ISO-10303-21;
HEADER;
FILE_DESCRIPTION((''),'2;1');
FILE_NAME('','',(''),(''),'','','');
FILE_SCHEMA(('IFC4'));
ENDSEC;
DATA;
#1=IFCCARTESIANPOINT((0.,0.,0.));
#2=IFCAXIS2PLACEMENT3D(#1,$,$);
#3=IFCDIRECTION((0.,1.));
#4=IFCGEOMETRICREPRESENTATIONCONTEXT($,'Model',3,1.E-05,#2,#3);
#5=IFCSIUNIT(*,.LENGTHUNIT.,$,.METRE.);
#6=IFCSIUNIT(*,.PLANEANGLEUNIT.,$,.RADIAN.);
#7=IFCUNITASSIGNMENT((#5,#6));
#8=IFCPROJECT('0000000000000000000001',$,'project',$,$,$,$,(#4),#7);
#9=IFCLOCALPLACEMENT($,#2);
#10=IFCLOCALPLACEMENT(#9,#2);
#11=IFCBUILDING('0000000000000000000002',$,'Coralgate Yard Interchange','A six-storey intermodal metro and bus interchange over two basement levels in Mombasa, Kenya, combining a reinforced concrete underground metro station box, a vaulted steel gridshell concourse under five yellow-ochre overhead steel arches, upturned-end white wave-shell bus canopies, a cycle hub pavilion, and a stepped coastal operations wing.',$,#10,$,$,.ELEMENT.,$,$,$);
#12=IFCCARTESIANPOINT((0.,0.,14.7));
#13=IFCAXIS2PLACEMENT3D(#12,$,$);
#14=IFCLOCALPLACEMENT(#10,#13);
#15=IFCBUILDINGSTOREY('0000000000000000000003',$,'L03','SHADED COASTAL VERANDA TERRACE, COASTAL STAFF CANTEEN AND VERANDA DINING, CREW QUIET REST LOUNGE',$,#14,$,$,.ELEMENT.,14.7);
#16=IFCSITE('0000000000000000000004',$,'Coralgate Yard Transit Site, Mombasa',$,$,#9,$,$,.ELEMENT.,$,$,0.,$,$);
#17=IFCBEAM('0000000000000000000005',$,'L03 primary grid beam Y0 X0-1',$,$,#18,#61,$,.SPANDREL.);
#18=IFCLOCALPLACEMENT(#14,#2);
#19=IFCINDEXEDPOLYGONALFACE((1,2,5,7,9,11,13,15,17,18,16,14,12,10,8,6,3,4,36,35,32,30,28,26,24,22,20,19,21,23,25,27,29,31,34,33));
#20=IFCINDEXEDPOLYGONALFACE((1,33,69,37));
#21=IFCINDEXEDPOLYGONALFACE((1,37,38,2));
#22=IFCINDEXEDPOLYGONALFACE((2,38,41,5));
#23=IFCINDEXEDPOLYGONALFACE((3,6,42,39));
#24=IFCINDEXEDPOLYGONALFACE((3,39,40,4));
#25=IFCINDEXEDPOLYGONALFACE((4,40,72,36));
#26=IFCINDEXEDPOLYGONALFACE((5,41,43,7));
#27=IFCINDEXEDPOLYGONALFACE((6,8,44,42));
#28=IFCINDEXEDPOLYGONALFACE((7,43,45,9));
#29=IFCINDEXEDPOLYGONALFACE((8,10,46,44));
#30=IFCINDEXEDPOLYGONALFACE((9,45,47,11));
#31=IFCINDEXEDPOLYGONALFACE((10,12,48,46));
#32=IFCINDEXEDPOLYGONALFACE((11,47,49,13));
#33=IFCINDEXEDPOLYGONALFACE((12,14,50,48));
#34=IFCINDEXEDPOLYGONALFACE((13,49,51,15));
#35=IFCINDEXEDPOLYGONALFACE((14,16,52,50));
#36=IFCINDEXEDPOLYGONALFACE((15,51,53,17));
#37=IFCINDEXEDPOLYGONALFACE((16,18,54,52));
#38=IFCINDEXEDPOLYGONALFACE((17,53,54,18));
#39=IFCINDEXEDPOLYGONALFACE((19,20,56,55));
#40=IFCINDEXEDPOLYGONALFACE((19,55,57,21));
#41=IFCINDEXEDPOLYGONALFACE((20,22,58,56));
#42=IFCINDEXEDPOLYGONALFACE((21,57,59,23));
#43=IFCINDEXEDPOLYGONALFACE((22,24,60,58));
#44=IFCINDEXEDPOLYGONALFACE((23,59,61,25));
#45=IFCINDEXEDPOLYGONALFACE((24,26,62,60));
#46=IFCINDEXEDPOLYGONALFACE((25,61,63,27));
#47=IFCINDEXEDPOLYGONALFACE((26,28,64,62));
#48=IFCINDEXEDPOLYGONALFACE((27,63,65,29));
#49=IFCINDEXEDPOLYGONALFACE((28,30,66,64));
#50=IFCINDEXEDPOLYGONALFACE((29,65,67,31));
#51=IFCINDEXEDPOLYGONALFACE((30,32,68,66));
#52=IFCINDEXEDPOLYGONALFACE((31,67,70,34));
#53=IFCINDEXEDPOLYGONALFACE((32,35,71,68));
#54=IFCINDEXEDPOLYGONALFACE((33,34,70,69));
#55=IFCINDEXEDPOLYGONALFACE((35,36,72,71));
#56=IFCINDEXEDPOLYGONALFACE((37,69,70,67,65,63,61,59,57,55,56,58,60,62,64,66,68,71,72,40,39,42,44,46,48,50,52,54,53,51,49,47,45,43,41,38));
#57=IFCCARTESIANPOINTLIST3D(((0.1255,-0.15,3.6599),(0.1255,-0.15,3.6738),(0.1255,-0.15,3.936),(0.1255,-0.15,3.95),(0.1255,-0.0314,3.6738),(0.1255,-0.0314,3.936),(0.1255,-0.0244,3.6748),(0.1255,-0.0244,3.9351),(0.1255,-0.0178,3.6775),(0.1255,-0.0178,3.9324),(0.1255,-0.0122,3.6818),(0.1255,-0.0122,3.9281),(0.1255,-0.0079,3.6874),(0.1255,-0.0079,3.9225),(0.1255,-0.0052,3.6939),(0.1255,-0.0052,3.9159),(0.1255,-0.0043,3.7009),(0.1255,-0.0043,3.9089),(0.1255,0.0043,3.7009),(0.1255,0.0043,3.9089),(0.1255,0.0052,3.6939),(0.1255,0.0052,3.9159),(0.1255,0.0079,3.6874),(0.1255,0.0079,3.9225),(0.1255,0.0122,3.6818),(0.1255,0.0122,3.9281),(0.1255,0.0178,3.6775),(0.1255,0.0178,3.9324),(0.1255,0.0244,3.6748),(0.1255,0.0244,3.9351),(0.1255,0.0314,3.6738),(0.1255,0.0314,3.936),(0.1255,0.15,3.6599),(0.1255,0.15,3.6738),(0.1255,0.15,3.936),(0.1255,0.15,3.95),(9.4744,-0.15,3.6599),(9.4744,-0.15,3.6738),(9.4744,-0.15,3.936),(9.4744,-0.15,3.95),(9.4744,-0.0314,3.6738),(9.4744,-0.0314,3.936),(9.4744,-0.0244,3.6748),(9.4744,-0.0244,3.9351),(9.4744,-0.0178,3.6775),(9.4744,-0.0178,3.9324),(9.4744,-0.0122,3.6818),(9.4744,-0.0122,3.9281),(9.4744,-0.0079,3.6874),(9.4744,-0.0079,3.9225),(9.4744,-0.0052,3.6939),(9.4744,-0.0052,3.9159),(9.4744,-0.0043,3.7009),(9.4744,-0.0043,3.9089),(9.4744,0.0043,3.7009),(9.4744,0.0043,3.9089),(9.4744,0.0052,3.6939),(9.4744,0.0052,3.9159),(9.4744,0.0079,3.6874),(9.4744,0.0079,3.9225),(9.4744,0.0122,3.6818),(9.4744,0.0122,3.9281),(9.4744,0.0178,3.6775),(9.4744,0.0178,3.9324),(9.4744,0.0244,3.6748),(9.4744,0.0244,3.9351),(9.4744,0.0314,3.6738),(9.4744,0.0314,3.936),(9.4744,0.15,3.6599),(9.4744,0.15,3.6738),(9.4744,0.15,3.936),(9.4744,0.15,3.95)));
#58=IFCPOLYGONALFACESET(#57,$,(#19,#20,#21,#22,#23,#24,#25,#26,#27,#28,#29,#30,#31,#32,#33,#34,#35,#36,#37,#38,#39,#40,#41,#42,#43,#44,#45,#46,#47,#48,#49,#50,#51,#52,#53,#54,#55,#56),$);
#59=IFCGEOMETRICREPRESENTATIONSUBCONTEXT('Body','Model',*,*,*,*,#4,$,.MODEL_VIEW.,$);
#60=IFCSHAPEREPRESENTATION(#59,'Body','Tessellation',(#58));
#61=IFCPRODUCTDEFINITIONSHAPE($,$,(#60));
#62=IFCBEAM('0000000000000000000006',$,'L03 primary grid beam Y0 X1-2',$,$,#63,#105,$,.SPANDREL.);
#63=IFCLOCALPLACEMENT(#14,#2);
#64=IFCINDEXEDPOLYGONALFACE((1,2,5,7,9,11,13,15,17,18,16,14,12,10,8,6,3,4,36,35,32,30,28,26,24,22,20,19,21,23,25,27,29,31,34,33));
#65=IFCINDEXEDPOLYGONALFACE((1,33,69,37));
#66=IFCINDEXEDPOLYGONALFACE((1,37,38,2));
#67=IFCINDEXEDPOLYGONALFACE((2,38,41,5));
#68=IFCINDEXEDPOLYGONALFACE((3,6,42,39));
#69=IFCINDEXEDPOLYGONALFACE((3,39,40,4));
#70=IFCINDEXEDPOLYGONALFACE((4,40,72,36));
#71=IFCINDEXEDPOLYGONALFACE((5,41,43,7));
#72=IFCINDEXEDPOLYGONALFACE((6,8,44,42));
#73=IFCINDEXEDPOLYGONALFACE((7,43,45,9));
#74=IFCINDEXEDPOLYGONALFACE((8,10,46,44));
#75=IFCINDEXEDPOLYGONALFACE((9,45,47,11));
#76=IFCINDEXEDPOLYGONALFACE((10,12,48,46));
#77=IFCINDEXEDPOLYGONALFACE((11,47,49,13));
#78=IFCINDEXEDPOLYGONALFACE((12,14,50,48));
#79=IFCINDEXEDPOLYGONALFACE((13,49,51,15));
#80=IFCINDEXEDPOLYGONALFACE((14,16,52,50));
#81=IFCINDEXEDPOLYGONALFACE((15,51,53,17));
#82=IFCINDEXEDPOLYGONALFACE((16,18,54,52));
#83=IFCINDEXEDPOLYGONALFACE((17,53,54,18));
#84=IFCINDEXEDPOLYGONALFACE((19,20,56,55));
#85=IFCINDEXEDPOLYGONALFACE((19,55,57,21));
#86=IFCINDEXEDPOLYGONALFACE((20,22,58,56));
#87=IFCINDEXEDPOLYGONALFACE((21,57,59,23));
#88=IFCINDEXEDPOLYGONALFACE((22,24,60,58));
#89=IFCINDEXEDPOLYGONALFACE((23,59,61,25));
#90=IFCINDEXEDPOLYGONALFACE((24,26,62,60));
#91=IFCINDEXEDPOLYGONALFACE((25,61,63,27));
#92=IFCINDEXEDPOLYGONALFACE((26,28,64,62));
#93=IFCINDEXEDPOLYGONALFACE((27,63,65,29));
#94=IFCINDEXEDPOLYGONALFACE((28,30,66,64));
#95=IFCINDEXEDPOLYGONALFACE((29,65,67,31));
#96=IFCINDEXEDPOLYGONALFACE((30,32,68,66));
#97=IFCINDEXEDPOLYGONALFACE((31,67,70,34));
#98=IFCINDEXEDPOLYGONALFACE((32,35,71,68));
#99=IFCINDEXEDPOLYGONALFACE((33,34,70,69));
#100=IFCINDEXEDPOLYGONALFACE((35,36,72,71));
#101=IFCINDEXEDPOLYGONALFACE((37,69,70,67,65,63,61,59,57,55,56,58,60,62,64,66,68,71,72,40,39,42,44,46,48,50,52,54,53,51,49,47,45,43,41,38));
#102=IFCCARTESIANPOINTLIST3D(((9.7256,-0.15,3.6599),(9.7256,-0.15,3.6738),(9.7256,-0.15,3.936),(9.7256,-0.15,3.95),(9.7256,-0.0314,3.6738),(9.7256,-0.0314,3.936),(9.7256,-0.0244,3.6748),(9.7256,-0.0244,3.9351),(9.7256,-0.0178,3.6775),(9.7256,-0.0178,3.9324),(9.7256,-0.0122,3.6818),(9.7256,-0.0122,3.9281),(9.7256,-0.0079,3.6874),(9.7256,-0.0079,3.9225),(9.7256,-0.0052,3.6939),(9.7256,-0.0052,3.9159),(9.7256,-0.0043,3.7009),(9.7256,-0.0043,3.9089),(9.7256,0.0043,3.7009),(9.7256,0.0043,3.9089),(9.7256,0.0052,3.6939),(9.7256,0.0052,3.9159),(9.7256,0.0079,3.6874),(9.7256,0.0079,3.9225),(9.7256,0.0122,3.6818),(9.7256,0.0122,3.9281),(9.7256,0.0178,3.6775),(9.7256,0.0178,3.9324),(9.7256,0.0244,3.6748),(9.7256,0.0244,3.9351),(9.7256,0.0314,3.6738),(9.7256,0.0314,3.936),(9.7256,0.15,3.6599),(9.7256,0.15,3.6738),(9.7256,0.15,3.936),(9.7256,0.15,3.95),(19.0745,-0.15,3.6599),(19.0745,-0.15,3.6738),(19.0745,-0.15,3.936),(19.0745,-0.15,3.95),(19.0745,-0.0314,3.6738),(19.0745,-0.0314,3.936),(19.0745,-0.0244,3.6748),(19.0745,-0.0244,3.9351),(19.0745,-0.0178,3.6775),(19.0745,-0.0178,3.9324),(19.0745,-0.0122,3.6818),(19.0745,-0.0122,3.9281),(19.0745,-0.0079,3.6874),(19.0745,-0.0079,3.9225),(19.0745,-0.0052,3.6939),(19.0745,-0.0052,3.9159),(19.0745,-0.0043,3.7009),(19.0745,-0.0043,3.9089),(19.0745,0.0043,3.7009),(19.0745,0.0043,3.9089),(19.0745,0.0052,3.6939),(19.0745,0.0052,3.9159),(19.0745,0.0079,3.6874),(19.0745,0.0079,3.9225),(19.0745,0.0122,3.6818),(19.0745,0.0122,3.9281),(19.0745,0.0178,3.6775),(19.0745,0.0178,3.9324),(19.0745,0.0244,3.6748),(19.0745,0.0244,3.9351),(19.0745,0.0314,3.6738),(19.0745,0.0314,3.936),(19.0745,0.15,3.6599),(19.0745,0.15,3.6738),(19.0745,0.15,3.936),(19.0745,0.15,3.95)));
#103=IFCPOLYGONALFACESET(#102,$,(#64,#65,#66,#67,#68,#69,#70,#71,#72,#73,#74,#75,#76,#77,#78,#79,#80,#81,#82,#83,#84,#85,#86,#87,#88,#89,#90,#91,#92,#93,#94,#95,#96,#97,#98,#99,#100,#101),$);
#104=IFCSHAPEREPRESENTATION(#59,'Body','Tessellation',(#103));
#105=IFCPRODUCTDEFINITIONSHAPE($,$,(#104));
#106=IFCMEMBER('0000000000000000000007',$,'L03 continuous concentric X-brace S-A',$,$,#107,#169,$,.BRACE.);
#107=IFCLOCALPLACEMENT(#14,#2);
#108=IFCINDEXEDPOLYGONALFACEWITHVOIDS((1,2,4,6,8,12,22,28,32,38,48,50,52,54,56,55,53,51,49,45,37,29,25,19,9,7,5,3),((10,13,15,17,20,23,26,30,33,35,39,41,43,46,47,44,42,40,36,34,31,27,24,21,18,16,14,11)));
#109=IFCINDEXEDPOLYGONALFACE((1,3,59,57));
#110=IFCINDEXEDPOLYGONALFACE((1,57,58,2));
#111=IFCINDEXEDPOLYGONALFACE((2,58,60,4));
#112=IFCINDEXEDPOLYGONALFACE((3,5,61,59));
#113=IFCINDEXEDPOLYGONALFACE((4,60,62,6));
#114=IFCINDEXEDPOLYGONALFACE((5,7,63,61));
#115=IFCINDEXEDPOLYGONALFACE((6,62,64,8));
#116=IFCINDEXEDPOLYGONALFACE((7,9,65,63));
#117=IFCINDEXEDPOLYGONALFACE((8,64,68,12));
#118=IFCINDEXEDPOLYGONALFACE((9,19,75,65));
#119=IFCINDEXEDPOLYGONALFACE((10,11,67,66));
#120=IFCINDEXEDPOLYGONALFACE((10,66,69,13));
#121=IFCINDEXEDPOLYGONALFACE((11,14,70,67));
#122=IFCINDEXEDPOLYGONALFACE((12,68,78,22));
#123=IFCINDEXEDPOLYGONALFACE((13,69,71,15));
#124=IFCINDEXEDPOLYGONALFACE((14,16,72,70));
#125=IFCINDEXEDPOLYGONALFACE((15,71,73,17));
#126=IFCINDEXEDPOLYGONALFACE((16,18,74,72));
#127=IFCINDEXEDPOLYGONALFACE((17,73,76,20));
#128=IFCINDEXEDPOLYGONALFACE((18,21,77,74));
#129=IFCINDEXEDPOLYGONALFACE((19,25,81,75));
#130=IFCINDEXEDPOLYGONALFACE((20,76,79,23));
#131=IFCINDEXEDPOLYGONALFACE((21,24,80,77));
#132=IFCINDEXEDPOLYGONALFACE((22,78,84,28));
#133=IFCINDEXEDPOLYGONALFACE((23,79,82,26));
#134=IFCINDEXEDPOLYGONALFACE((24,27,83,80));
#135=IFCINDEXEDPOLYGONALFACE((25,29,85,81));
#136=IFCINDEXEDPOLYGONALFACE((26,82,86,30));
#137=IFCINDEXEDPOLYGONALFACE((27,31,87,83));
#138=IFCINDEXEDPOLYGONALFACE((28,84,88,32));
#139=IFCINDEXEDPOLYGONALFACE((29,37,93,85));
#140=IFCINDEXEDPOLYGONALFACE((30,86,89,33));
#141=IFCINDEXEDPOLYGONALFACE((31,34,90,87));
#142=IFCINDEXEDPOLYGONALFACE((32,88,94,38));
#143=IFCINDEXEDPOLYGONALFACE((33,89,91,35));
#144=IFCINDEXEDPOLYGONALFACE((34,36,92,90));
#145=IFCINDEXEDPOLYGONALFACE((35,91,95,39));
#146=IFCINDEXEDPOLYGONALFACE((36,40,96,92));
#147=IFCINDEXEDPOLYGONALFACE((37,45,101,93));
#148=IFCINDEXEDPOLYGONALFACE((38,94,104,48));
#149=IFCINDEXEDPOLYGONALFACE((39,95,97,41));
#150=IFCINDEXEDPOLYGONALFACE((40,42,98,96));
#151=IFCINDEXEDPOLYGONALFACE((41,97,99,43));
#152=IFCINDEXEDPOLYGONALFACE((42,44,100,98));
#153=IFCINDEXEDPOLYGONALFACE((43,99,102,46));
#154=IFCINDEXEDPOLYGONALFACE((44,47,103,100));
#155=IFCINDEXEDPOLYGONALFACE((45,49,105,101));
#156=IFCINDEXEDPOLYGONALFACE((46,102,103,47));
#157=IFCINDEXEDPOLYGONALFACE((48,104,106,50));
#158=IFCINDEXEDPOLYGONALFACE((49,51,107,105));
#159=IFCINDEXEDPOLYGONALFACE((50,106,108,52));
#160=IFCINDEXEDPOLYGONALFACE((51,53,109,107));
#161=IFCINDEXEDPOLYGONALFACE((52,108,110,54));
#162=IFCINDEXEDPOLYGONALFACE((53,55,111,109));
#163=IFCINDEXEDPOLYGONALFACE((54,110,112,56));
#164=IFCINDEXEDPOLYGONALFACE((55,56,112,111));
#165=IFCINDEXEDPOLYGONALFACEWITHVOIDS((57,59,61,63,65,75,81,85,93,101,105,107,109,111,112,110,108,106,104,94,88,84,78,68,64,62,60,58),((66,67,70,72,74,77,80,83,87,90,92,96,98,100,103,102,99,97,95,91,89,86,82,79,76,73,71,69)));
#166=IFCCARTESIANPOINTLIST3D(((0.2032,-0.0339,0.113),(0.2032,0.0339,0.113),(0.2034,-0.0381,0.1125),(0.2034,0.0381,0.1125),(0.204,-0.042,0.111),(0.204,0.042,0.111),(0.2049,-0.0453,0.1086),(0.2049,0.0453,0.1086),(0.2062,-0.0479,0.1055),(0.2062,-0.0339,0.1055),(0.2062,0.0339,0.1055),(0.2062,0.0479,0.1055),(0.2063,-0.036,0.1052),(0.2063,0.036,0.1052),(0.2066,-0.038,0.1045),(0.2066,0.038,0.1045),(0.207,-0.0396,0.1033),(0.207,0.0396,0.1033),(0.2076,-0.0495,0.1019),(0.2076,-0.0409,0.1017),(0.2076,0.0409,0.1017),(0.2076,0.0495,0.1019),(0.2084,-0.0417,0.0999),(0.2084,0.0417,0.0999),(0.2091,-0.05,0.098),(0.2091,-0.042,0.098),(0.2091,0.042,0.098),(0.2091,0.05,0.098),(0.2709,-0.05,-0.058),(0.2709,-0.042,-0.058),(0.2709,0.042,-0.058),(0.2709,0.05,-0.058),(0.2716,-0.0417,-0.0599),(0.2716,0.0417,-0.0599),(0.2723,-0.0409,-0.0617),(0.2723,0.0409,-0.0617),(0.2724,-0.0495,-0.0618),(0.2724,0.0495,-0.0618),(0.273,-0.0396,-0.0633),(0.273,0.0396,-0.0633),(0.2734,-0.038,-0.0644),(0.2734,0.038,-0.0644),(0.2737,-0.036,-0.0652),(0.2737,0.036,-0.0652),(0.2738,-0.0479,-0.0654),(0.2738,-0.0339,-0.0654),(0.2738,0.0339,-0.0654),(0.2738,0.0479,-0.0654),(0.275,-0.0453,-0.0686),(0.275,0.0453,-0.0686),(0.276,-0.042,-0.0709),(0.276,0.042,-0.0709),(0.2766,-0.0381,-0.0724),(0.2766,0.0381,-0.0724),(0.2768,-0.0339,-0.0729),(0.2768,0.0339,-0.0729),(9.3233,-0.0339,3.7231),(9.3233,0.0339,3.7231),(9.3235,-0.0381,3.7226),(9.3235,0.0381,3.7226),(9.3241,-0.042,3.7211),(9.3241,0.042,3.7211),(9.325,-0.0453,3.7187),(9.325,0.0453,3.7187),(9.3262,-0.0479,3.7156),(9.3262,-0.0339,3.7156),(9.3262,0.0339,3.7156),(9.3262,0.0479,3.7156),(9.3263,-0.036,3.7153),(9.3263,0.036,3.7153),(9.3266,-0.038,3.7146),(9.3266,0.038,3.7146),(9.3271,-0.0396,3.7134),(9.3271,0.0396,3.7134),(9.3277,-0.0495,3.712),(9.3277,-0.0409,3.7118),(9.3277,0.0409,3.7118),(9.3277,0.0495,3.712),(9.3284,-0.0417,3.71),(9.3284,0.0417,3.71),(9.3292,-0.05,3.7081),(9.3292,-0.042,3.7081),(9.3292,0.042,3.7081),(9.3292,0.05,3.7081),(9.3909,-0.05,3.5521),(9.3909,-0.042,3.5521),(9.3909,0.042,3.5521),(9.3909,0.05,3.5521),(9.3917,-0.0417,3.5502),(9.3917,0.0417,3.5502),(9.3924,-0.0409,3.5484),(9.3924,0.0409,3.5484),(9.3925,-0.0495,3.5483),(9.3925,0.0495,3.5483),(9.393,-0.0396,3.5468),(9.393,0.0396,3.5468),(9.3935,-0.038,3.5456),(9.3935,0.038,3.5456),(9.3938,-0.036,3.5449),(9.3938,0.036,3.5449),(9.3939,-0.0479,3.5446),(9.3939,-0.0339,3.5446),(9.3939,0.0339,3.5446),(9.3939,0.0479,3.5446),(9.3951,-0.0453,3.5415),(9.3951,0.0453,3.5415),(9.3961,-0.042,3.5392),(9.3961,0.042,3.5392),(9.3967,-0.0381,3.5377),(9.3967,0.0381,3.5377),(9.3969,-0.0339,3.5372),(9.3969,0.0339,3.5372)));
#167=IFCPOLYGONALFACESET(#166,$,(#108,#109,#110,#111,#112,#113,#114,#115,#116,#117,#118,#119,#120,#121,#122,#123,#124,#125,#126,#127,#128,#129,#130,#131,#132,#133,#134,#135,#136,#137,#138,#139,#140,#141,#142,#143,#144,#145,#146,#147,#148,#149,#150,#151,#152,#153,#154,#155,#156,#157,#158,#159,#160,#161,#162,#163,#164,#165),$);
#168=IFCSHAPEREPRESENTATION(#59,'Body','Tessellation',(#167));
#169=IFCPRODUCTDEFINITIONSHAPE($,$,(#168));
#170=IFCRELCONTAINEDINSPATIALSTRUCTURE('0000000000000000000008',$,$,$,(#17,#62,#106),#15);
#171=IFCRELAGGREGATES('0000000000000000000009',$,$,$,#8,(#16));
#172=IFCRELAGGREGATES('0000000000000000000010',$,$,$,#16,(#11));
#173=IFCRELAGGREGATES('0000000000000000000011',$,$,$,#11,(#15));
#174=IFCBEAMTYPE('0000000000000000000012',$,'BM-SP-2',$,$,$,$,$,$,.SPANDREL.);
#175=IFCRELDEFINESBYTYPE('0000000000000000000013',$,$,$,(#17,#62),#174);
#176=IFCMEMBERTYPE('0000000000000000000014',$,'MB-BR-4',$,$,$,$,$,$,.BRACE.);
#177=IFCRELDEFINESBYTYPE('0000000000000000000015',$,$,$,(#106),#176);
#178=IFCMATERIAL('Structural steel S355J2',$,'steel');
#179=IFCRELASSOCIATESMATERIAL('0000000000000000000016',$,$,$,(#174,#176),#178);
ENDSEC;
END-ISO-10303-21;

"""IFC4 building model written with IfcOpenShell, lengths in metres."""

from ifc_helpers import new_model, si_unit, direction, frame, origin, origin_2d, place, context, subcontext, project, spatial, hollow_rectangle, i_section, extrude, material, material_profile, profile_set, type_object, element, save


model = new_model("IFC4")

# Units and contexts
model_context = context("Model", 3, precision=1e-05, world=origin(), true_north=direction((0.0, 1.0)))
body_context = subcontext(model_context, "Body", "Model", "MODEL_VIEW")
ifc_project = project(units=[si_unit("LENGTHUNIT", "METRE"), si_unit("PLANEANGLEUNIT", "RADIAN")], contexts=[model_context])

# Site, building, storey
site_placement = place(None, origin())
site = spatial("IfcSite", under=ifc_project, at=site_placement, Name="Coralgate Yard Transit Site, Mombasa", CompositionType="ELEMENT", RefElevation=0.0)
building_placement = place(site_placement, origin())
building = spatial("IfcBuilding", under=site, at=building_placement, Name="Coralgate Yard Interchange", Description="A six-storey intermodal metro and bus interchange over two basement levels in Mombasa, Kenya, combining a reinforced concrete underground metro station box, a vaulted steel gridshell concourse under five yellow-ochre overhead steel arches, upturned-end white wave-shell bus canopies, a cycle hub pavilion, and a stepped coastal operations wing.", CompositionType="ELEMENT")
storey_placement = place(building_placement, frame((0.0, 0.0, 14.7)))
storey = spatial("IfcBuildingStorey", under=building, at=storey_placement, Name="L03", Description="SHADED COASTAL VERANDA TERRACE, COASTAL STAFF CANTEEN AND VERANDA DINING, CREW QUIET REST LOUNGE", CompositionType="ELEMENT", Elevation=14.7)

# Shared definitions
ifc_material_1 = material(Name="Structural steel S355J2", Category="steel")

# Beams
ifc_material_profile_1 = material_profile(ifc_material_1, i_section(OverallWidth=0.3, OverallDepth=0.29, WebThickness=0.0085, FlangeThickness=0.0139, FilletRadius=0.0271, at=origin_2d()), Name="HEA 300")
ifc_profile_set_1 = profile_set([ifc_material_profile_1], Name="Structural steel S355J2")
beam_type_1 = type_object("IfcBeamType", Name="BM-SP-2", PredefinedType="SPANDREL", material=ifc_profile_set_1)
for number, where, z_axis, x_axis, name in (
    (1, (0.1255, 0.0, 3.8049), (1.0, 0.0, 0.0), (0.0, 1.0, 0.0), "L03 primary grid beam Y0 X0-1"),
    (2, (9.7256, 0.0, 3.8049), (1.0, 0.0, 0.0), (0.0, 1.0, 0.0), "L03 primary grid beam Y0 X1-2"),
):
    element("IfcBeam", number, at=place(storey_placement, frame(where, z_axis=z_axis, x_axis=x_axis)), inside=storey, type_object=beam_type_1, Name=name, PredefinedType="SPANDREL", context=body_context, shape_type="SweptSolid", body=[
        extrude(i_section(OverallWidth=0.3, OverallDepth=0.29, WebThickness=0.0085, FlangeThickness=0.0139, FilletRadius=0.0271, at=origin_2d()), origin(), (0.0, 0.0, 1.0), 9.3489),
    ])

# Member
ifc_material_profile_2 = material_profile(ifc_material_1, hollow_rectangle(XDim=0.1001, YDim=0.2, WallThickness=0.0081, InnerFilletRadius=0.0081, OuterFilletRadius=0.0161, at=origin_2d()), Name="RHS 200x100x8")
ifc_profile_set_2 = profile_set([ifc_material_profile_2], Name="Structural steel S355J2")
member_type_1 = type_object("IfcMemberType", Name="MB-BR-4", PredefinedType="BRACE", material=ifc_profile_set_2)
member_1_placement = place(storey_placement, frame((0.24, 0.0, 0.02), z_axis=(0.929804, 0.0, 0.368054), x_axis=(0.0, 1.0, 0.0)))
element("IfcMember", 3, at=member_1_placement, inside=storey, type_object=member_type_1, Name="L03 continuous concentric X-brace S-A", PredefinedType="BRACE", context=body_context, shape_type="SweptSolid", body=[
    extrude(hollow_rectangle(XDim=0.1001, YDim=0.2, WallThickness=0.0081, InnerFilletRadius=0.0081, OuterFilletRadius=0.0161, at=origin_2d()), origin(), (0.0, 0.0, 1.0), 9.8086),
])

save(model, "model.ifc")
